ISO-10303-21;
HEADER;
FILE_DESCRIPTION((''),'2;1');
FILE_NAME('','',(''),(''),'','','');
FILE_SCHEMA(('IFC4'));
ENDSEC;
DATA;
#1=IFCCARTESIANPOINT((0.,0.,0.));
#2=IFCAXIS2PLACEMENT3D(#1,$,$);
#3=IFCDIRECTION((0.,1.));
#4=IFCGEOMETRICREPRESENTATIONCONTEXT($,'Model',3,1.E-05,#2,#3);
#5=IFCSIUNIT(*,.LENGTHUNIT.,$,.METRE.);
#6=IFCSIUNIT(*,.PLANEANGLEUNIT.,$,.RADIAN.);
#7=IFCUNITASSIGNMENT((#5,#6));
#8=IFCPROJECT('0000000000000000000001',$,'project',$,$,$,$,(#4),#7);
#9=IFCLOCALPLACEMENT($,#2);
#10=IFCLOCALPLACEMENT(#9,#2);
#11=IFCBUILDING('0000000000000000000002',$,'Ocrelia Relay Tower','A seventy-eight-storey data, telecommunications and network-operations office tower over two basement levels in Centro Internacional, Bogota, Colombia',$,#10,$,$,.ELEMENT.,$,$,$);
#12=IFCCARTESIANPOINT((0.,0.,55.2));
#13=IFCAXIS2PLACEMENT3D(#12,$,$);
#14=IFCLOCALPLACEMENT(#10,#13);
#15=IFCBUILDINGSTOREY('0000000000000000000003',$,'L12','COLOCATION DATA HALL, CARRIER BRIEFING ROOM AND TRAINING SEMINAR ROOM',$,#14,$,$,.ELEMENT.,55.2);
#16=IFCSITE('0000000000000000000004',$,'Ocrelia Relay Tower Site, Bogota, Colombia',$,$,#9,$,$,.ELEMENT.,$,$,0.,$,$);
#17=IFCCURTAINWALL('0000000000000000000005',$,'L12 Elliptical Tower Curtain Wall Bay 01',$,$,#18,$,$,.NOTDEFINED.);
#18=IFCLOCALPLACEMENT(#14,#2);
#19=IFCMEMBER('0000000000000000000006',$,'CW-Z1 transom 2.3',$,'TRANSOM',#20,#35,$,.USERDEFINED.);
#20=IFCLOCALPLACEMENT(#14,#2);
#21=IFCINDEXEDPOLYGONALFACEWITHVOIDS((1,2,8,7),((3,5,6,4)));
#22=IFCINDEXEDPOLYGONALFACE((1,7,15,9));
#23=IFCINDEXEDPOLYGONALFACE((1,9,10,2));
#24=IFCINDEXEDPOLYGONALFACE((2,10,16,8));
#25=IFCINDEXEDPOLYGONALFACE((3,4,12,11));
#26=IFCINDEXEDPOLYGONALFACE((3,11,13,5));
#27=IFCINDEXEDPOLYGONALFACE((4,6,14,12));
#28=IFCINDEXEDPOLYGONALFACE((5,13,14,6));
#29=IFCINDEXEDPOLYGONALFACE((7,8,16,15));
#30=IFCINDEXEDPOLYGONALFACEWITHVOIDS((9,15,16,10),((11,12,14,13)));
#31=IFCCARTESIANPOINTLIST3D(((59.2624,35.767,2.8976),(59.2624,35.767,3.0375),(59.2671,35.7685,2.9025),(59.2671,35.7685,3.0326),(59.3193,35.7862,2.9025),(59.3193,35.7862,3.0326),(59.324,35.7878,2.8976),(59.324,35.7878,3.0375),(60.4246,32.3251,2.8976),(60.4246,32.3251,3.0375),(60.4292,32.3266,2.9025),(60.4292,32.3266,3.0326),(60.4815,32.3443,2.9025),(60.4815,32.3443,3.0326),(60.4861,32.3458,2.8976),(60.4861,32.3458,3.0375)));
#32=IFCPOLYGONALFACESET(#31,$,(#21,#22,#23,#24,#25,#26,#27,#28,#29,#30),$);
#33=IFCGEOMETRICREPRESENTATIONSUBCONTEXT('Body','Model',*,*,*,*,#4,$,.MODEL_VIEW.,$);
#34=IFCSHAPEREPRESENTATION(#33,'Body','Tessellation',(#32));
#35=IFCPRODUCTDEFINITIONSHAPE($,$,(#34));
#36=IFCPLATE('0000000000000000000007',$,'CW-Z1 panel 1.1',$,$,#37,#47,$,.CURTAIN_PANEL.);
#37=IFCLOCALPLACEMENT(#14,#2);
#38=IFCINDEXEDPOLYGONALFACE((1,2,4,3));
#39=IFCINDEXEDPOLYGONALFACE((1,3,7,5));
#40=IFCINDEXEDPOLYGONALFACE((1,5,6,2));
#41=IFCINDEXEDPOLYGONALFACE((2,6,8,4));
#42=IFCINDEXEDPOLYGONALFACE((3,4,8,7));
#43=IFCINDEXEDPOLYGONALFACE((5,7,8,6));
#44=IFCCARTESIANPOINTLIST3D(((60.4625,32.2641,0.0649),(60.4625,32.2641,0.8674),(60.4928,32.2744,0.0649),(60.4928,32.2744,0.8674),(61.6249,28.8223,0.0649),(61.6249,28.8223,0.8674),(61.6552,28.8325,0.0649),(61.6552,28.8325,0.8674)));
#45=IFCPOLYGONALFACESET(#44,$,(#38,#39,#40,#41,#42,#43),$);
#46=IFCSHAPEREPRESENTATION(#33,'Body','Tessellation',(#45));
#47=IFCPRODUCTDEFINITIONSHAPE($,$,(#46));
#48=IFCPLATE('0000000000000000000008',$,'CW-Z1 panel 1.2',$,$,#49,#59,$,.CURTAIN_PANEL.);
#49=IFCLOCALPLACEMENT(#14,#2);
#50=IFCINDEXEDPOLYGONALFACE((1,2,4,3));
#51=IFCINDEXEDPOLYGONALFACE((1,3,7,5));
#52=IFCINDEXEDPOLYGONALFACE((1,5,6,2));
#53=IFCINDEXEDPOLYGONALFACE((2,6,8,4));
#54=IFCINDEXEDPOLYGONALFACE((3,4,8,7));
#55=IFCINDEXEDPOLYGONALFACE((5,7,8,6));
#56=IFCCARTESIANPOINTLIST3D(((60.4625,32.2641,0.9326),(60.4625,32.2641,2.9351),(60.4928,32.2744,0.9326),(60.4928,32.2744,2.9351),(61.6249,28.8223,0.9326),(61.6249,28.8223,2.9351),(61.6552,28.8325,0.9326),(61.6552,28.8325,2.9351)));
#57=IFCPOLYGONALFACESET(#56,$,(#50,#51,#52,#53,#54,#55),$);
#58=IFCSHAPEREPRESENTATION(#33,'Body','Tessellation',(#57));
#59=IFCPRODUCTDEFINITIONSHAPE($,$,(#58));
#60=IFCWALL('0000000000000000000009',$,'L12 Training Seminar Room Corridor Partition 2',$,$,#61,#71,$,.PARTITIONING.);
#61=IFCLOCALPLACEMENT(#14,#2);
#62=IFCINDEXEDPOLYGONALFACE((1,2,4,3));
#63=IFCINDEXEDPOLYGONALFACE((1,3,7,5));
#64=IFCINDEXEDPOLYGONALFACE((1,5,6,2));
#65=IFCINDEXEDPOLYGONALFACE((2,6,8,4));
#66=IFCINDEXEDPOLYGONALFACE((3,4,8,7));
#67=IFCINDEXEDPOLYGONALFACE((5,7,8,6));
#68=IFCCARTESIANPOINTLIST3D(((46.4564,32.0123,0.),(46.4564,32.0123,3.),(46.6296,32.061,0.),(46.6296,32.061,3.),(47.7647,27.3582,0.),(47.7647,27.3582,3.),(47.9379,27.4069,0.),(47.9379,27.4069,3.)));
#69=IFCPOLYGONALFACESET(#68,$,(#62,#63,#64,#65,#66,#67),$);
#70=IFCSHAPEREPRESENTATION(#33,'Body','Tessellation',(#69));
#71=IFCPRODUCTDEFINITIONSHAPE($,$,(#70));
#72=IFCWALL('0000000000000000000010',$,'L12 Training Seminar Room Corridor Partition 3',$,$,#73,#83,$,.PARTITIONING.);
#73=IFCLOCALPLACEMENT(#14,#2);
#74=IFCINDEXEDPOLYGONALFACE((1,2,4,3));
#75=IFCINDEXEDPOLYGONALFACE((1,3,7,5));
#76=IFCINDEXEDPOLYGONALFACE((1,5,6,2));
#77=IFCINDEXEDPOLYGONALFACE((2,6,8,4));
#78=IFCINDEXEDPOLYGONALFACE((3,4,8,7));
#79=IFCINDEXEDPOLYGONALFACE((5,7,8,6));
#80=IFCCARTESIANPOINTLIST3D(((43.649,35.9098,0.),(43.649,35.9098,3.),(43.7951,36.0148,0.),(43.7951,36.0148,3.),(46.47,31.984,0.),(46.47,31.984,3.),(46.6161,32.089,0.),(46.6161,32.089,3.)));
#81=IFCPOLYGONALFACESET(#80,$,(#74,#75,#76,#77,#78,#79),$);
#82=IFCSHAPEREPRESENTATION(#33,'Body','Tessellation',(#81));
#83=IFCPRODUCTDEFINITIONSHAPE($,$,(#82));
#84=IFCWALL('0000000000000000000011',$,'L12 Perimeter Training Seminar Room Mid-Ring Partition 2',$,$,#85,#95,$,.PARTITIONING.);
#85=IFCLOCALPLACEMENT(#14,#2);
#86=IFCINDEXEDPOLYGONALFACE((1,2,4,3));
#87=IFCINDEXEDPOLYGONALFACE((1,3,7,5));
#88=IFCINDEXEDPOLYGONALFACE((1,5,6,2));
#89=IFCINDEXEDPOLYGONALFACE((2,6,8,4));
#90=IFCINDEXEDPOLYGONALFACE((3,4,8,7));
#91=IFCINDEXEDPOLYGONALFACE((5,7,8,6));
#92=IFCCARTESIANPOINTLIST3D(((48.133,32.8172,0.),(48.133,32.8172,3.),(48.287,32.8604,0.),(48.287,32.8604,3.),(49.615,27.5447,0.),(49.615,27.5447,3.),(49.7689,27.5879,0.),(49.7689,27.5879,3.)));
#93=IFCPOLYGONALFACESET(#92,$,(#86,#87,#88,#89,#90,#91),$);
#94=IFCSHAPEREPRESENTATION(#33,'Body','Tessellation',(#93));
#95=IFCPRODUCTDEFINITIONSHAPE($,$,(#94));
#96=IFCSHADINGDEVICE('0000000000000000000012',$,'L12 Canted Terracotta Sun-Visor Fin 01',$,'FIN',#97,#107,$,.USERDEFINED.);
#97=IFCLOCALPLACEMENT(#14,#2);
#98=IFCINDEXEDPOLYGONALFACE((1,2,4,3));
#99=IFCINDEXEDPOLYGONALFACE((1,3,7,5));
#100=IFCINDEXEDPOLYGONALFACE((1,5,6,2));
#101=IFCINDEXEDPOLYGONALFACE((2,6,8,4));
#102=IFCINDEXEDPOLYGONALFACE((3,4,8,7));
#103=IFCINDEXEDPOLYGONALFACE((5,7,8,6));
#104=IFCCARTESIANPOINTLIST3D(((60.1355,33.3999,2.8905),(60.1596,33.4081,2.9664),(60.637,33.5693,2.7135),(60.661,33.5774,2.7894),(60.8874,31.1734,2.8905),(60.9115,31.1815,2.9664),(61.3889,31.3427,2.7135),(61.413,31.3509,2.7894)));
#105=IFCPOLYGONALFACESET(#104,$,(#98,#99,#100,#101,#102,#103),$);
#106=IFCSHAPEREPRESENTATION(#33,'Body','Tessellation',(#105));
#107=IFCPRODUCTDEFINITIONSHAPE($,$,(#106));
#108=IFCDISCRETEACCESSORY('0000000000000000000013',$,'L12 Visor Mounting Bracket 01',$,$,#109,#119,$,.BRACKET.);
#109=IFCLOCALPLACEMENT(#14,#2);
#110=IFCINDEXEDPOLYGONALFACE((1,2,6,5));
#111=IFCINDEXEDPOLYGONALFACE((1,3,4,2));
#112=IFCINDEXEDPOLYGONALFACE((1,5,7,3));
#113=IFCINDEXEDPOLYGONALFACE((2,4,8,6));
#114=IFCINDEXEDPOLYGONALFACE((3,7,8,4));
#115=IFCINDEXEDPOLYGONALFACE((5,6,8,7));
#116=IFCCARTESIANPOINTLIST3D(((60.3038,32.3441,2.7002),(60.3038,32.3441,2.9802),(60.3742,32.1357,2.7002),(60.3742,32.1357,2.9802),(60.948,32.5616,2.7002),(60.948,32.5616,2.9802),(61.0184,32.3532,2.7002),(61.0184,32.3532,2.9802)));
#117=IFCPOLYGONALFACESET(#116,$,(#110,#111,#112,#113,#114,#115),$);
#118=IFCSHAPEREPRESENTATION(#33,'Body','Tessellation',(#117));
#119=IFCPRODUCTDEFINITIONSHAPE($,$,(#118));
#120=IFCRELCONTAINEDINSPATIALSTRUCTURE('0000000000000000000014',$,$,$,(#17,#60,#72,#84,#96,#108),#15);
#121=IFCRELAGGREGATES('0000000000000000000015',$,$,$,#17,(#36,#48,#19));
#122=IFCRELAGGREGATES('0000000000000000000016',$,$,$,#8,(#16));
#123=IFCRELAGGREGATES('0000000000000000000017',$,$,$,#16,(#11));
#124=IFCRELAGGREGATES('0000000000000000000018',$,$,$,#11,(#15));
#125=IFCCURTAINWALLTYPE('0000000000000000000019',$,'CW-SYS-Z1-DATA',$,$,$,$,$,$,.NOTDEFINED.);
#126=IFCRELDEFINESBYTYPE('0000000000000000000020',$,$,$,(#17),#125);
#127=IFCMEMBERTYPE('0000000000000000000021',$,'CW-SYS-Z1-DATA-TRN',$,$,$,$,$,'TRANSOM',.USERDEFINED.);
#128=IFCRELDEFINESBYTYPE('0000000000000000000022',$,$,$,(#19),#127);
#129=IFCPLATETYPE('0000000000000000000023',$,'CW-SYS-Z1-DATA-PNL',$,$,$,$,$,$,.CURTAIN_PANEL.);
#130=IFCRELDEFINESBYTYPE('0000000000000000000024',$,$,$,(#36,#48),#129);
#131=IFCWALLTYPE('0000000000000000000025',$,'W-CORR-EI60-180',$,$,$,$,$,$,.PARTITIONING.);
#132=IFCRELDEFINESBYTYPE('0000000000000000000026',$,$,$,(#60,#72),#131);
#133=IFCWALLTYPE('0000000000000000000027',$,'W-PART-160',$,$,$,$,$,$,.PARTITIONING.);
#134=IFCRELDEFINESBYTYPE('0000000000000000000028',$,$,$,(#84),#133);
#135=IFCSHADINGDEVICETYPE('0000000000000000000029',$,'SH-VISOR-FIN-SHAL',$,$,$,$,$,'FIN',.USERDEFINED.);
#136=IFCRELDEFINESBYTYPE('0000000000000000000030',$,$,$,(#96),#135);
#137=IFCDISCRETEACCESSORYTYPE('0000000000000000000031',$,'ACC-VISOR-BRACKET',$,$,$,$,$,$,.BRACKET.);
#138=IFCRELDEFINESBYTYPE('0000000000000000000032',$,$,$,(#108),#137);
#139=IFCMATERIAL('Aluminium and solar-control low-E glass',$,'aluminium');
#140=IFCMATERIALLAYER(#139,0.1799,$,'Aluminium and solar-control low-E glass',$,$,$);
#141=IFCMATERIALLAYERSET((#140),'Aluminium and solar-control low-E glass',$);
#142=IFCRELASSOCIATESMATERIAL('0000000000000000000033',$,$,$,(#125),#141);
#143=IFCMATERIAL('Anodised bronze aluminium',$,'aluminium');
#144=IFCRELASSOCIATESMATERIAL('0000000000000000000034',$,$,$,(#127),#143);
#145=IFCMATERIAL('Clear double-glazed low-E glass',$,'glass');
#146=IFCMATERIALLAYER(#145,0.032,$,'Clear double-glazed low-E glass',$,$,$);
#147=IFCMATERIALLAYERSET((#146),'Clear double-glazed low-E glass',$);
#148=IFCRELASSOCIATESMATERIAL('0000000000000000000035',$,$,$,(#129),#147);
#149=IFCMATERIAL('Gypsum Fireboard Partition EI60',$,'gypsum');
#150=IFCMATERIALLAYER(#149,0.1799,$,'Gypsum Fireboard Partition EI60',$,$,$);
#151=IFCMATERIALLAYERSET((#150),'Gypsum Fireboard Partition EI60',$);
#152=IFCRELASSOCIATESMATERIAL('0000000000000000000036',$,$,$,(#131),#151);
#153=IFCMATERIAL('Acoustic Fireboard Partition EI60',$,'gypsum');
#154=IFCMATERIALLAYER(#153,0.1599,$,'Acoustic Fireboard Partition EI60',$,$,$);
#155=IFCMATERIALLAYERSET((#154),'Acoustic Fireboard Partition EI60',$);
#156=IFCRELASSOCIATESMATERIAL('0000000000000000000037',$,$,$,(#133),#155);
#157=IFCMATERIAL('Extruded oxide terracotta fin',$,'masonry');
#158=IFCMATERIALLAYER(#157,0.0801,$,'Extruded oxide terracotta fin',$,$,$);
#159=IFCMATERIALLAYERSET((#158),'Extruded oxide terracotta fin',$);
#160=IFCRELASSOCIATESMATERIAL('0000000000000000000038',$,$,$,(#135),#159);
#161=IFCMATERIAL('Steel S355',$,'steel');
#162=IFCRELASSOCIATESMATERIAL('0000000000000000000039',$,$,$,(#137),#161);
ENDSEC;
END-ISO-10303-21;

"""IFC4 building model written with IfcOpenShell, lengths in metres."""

from ifc_helpers import new_model, si_unit, direction, frame, frame_2d, origin, origin_2d, place, context, subcontext, project, spatial, rectangle, hollow_rectangle, extrude, material, layer, layer_set, material_profile, profile_set, type_object, element, aggregate, save


model = new_model("IFC4")

# Units and contexts
model_context = context("Model", 3, precision=1e-05, world=origin(), true_north=direction((0.0, 1.0)))
body_context = subcontext(model_context, "Body", "Model", "MODEL_VIEW")
ifc_project = project(units=[si_unit("LENGTHUNIT", "METRE"), si_unit("PLANEANGLEUNIT", "RADIAN")], contexts=[model_context])

# Site, building, storey
site_placement = place(None, origin())
site = spatial("IfcSite", under=ifc_project, at=site_placement, Name="Ocrelia Relay Tower Site, Bogota, Colombia", CompositionType="ELEMENT", RefElevation=0.0)
building_placement = place(site_placement, origin())
building = spatial("IfcBuilding", under=site, at=building_placement, Name="Ocrelia Relay Tower", Description="A seventy-eight-storey data, telecommunications and network-operations office tower over two basement levels in Centro Internacional, Bogota, Colombia", CompositionType="ELEMENT")
storey_placement = place(building_placement, frame((0.0, 0.0, 55.2)))
storey = spatial("IfcBuildingStorey", under=building, at=storey_placement, Name="L12", Description="COLOCATION DATA HALL, CARRIER BRIEFING ROOM AND TRAINING SEMINAR ROOM", CompositionType="ELEMENT", Elevation=55.2)

# Shared definitions
ifc_material_1 = material(Name="Steel S355", Category="steel")

# Curtain wall
ifc_material_2 = material(Name="Aluminium and solar-control low-E glass", Category="aluminium")
ifc_layer_1 = layer(ifc_material_2, 0.1799, Name="Aluminium and solar-control low-E glass")
ifc_layer_set_1 = layer_set([ifc_layer_1], Name="Aluminium and solar-control low-E glass")
curtain_wall_type = type_object("IfcCurtainWallType", Name="CW-SYS-Z1-DATA", PredefinedType="NOTDEFINED", material=ifc_layer_set_1)
curtain_wall_1_placement = place(storey_placement, origin())
curtain_wall_1 = element("IfcCurtainWall", 1, at=curtain_wall_1_placement, inside=storey, type_object=curtain_wall_type, Name="L12 Elliptical Tower Curtain Wall Bay 01", PredefinedType="NOTDEFINED")
ifc_material_3 = material(Name="Anodised bronze aluminium", Category="aluminium")

# Member
ifc_material_profile_1 = material_profile(ifc_material_3, hollow_rectangle(XDim=0.0649, YDim=0.1399, WallThickness=0.0049, at=origin_2d()), Name="CW-TRN-140x65")
ifc_profile_set_1 = profile_set([ifc_material_profile_1], Name="Anodised bronze aluminium")
member_type_1 = type_object("IfcMemberType", Name="CW-SYS-Z1-DATA-TRN", ElementType="TRANSOM", PredefinedType="USERDEFINED", material=ifc_profile_set_1)
member_1_placement = place(storey_placement, frame((60.4553, 32.3354, 2.9675), z_axis=(-0.319895, 0.947453, 0.0), x_axis=(-0.947453, -0.319895, 0.0)))
member_1 = element("IfcMember", 2, at=member_1_placement, type_object=member_type_1, Name="CW-Z1 transom 2.3", ObjectType="TRANSOM", PredefinedType="USERDEFINED", context=body_context, shape_type="SweptSolid", body=[
    extrude(hollow_rectangle(XDim=0.0649, YDim=0.1399, WallThickness=0.0049, at=origin_2d()), origin(), (0.0, 0.0, 1.0), 3.6328),
])

# Plates
ifc_material_4 = material(Name="Clear double-glazed low-E glass", Category="glass")
ifc_layer_2 = layer(ifc_material_4, 0.032, Name="Clear double-glazed low-E glass")
ifc_layer_set_2 = layer_set([ifc_layer_2], Name="Clear double-glazed low-E glass")
plate_type = type_object("IfcPlateType", Name="CW-SYS-Z1-DATA-PNL", PredefinedType="CURTAIN_PANEL", material=ifc_layer_set_2)
plate_1_placement = place(storey_placement, frame((61.0588, 30.5483, 0.0649), z_axis=(0.0, 0.0, 1.0), x_axis=(-0.319954, 0.947433, 0.0)))
plate_1 = element("IfcPlate", 3, at=plate_1_placement, type_object=plate_type, Name="CW-Z1 panel 1.1", PredefinedType="CURTAIN_PANEL", context=body_context, shape_type="SweptSolid", body=[
    extrude(rectangle(XDim=3.6328, YDim=0.032, at=origin_2d()), origin(), (0.0, 0.0, 1.0), 0.8025),
])
plate_2_placement = place(storey_placement, frame((61.0588, 30.5483, 0.9326), z_axis=(0.0, 0.0, 1.0), x_axis=(-0.319954, 0.947433, 0.0)))
plate_2 = element("IfcPlate", 4, at=plate_2_placement, type_object=plate_type, Name="CW-Z1 panel 1.2", PredefinedType="CURTAIN_PANEL", context=body_context, shape_type="SweptSolid", body=[
    extrude(rectangle(XDim=3.6328, YDim=0.032, at=origin_2d()), origin(), (0.0, 0.0, 1.0), 2.0024),
])
aggregate(curtain_wall_1, [plate_1, plate_2, member_1])

# Walls
ifc_material_5 = material(Name="Gypsum Fireboard Partition EI60", Category="gypsum")
ifc_layer_3 = layer(ifc_material_5, 0.1799, Name="Gypsum Fireboard Partition EI60")
ifc_layer_set_3 = layer_set([ifc_layer_3], Name="Gypsum Fireboard Partition EI60")
wall_type_1 = type_object("IfcWallType", Name="W-CORR-EI60-180", PredefinedType="PARTITIONING", material=ifc_layer_set_3)
wall_1_placement = place(storey_placement, frame((47.8513, 27.3826, 0.0), z_axis=(0.0, 0.0, 1.0), x_axis=(-0.27063, 0.962683, 0.0)))
element("IfcWall", 5, at=wall_1_placement, inside=storey, type_object=wall_type_1, Name="L12 Training Seminar Room Corridor Partition 2", PredefinedType="PARTITIONING", context=body_context, shape_type="SweptSolid", body=[
    extrude(rectangle(XDim=4.8345, YDim=0.1799, at=frame_2d((2.4172, 0.0))), origin(), (0.0, 0.0, 1.0), 3.0),
])
wall_2_placement = place(storey_placement, frame((46.543, 32.0366, 0.0), z_axis=(0.0, 0.0, 1.0), x_axis=(-0.583553, 0.812075, 0.0)))
element("IfcWall", 6, at=wall_2_placement, inside=storey, type_object=wall_type_1, Name="L12 Training Seminar Room Corridor Partition 3", PredefinedType="PARTITIONING", context=body_context, shape_type="SweptSolid", body=[
    extrude(rectangle(XDim=4.8342, YDim=0.1799, at=frame_2d((2.417, 0.0))), origin(), (0.0, 0.0, 1.0), 3.0),
])
ifc_material_6 = material(Name="Acoustic Fireboard Partition EI60", Category="gypsum")
ifc_layer_4 = layer(ifc_material_6, 0.1599, Name="Acoustic Fireboard Partition EI60")
ifc_layer_set_4 = layer_set([ifc_layer_4], Name="Acoustic Fireboard Partition EI60")
wall_type_2 = type_object("IfcWallType", Name="W-PART-160", PredefinedType="PARTITIONING", material=ifc_layer_set_4)
wall_3_placement = place(storey_placement, frame((49.6919, 27.5664, 0.0), z_axis=(0.0, 0.0, 1.0), x_axis=(-0.270585, 0.962696, 0.0)))
element("IfcWall", 7, at=wall_3_placement, inside=storey, type_object=wall_type_2, Name="L12 Perimeter Training Seminar Room Mid-Ring Partition 2", PredefinedType="PARTITIONING", context=body_context, shape_type="SweptSolid", body=[
    extrude(rectangle(XDim=5.4768, YDim=0.1599, at=frame_2d((2.7383, 0.0))), origin(), (0.0, 0.0, 1.0), 3.0),
])

# Shading device
ifc_material_7 = material(Name="Extruded oxide terracotta fin", Category="masonry")
ifc_layer_5 = layer(ifc_material_7, 0.0801, Name="Extruded oxide terracotta fin")
ifc_layer_set_5 = layer_set([ifc_layer_5], Name="Extruded oxide terracotta fin")
shading_device_type = type_object("IfcShadingDeviceType", Name="SH-VISOR-FIN-SHAL", ElementType="FIN", PredefinedType="USERDEFINED", material=ifc_layer_set_5)
shading_device_placement = place(storey_placement, frame((60.7622, 32.3713, 2.802), z_axis=(0.300468, 0.10147, 0.948379), x_axis=(-0.319954, 0.947433, 0.0)))
element("IfcShadingDevice", 8, at=shading_device_placement, inside=storey, type_object=shading_device_type, Name="L12 Canted Terracotta Sun-Visor Fin 01", ObjectType="FIN", PredefinedType="USERDEFINED", context=body_context, shape_type="SweptSolid", body=[
    extrude(rectangle(XDim=2.3501, YDim=0.5581, at=origin_2d()), origin(), (0.0, 0.0, 1.0), 0.0801),
])

# Discrete accessory
discrete_accessory_type = type_object("IfcDiscreteAccessoryType", Name="ACC-VISOR-BRACKET", PredefinedType="BRACKET", material=ifc_material_1)
discrete_accessory_placement = place(storey_placement, frame((60.6611, 32.3486, 2.7002), z_axis=(0.0, 0.0, 1.0), x_axis=(-0.319954, 0.947433, 0.0)))
element("IfcDiscreteAccessory", 9, at=discrete_accessory_placement, inside=storey, type_object=discrete_accessory_type, Name="L12 Visor Mounting Bracket 01", PredefinedType="BRACKET", context=body_context, shape_type="SweptSolid", body=[
    extrude(rectangle(XDim=0.22, YDim=0.6799, at=origin_2d()), origin(), (0.0, 0.0, 1.0), 0.28),
])

save(model, "model.ifc")
